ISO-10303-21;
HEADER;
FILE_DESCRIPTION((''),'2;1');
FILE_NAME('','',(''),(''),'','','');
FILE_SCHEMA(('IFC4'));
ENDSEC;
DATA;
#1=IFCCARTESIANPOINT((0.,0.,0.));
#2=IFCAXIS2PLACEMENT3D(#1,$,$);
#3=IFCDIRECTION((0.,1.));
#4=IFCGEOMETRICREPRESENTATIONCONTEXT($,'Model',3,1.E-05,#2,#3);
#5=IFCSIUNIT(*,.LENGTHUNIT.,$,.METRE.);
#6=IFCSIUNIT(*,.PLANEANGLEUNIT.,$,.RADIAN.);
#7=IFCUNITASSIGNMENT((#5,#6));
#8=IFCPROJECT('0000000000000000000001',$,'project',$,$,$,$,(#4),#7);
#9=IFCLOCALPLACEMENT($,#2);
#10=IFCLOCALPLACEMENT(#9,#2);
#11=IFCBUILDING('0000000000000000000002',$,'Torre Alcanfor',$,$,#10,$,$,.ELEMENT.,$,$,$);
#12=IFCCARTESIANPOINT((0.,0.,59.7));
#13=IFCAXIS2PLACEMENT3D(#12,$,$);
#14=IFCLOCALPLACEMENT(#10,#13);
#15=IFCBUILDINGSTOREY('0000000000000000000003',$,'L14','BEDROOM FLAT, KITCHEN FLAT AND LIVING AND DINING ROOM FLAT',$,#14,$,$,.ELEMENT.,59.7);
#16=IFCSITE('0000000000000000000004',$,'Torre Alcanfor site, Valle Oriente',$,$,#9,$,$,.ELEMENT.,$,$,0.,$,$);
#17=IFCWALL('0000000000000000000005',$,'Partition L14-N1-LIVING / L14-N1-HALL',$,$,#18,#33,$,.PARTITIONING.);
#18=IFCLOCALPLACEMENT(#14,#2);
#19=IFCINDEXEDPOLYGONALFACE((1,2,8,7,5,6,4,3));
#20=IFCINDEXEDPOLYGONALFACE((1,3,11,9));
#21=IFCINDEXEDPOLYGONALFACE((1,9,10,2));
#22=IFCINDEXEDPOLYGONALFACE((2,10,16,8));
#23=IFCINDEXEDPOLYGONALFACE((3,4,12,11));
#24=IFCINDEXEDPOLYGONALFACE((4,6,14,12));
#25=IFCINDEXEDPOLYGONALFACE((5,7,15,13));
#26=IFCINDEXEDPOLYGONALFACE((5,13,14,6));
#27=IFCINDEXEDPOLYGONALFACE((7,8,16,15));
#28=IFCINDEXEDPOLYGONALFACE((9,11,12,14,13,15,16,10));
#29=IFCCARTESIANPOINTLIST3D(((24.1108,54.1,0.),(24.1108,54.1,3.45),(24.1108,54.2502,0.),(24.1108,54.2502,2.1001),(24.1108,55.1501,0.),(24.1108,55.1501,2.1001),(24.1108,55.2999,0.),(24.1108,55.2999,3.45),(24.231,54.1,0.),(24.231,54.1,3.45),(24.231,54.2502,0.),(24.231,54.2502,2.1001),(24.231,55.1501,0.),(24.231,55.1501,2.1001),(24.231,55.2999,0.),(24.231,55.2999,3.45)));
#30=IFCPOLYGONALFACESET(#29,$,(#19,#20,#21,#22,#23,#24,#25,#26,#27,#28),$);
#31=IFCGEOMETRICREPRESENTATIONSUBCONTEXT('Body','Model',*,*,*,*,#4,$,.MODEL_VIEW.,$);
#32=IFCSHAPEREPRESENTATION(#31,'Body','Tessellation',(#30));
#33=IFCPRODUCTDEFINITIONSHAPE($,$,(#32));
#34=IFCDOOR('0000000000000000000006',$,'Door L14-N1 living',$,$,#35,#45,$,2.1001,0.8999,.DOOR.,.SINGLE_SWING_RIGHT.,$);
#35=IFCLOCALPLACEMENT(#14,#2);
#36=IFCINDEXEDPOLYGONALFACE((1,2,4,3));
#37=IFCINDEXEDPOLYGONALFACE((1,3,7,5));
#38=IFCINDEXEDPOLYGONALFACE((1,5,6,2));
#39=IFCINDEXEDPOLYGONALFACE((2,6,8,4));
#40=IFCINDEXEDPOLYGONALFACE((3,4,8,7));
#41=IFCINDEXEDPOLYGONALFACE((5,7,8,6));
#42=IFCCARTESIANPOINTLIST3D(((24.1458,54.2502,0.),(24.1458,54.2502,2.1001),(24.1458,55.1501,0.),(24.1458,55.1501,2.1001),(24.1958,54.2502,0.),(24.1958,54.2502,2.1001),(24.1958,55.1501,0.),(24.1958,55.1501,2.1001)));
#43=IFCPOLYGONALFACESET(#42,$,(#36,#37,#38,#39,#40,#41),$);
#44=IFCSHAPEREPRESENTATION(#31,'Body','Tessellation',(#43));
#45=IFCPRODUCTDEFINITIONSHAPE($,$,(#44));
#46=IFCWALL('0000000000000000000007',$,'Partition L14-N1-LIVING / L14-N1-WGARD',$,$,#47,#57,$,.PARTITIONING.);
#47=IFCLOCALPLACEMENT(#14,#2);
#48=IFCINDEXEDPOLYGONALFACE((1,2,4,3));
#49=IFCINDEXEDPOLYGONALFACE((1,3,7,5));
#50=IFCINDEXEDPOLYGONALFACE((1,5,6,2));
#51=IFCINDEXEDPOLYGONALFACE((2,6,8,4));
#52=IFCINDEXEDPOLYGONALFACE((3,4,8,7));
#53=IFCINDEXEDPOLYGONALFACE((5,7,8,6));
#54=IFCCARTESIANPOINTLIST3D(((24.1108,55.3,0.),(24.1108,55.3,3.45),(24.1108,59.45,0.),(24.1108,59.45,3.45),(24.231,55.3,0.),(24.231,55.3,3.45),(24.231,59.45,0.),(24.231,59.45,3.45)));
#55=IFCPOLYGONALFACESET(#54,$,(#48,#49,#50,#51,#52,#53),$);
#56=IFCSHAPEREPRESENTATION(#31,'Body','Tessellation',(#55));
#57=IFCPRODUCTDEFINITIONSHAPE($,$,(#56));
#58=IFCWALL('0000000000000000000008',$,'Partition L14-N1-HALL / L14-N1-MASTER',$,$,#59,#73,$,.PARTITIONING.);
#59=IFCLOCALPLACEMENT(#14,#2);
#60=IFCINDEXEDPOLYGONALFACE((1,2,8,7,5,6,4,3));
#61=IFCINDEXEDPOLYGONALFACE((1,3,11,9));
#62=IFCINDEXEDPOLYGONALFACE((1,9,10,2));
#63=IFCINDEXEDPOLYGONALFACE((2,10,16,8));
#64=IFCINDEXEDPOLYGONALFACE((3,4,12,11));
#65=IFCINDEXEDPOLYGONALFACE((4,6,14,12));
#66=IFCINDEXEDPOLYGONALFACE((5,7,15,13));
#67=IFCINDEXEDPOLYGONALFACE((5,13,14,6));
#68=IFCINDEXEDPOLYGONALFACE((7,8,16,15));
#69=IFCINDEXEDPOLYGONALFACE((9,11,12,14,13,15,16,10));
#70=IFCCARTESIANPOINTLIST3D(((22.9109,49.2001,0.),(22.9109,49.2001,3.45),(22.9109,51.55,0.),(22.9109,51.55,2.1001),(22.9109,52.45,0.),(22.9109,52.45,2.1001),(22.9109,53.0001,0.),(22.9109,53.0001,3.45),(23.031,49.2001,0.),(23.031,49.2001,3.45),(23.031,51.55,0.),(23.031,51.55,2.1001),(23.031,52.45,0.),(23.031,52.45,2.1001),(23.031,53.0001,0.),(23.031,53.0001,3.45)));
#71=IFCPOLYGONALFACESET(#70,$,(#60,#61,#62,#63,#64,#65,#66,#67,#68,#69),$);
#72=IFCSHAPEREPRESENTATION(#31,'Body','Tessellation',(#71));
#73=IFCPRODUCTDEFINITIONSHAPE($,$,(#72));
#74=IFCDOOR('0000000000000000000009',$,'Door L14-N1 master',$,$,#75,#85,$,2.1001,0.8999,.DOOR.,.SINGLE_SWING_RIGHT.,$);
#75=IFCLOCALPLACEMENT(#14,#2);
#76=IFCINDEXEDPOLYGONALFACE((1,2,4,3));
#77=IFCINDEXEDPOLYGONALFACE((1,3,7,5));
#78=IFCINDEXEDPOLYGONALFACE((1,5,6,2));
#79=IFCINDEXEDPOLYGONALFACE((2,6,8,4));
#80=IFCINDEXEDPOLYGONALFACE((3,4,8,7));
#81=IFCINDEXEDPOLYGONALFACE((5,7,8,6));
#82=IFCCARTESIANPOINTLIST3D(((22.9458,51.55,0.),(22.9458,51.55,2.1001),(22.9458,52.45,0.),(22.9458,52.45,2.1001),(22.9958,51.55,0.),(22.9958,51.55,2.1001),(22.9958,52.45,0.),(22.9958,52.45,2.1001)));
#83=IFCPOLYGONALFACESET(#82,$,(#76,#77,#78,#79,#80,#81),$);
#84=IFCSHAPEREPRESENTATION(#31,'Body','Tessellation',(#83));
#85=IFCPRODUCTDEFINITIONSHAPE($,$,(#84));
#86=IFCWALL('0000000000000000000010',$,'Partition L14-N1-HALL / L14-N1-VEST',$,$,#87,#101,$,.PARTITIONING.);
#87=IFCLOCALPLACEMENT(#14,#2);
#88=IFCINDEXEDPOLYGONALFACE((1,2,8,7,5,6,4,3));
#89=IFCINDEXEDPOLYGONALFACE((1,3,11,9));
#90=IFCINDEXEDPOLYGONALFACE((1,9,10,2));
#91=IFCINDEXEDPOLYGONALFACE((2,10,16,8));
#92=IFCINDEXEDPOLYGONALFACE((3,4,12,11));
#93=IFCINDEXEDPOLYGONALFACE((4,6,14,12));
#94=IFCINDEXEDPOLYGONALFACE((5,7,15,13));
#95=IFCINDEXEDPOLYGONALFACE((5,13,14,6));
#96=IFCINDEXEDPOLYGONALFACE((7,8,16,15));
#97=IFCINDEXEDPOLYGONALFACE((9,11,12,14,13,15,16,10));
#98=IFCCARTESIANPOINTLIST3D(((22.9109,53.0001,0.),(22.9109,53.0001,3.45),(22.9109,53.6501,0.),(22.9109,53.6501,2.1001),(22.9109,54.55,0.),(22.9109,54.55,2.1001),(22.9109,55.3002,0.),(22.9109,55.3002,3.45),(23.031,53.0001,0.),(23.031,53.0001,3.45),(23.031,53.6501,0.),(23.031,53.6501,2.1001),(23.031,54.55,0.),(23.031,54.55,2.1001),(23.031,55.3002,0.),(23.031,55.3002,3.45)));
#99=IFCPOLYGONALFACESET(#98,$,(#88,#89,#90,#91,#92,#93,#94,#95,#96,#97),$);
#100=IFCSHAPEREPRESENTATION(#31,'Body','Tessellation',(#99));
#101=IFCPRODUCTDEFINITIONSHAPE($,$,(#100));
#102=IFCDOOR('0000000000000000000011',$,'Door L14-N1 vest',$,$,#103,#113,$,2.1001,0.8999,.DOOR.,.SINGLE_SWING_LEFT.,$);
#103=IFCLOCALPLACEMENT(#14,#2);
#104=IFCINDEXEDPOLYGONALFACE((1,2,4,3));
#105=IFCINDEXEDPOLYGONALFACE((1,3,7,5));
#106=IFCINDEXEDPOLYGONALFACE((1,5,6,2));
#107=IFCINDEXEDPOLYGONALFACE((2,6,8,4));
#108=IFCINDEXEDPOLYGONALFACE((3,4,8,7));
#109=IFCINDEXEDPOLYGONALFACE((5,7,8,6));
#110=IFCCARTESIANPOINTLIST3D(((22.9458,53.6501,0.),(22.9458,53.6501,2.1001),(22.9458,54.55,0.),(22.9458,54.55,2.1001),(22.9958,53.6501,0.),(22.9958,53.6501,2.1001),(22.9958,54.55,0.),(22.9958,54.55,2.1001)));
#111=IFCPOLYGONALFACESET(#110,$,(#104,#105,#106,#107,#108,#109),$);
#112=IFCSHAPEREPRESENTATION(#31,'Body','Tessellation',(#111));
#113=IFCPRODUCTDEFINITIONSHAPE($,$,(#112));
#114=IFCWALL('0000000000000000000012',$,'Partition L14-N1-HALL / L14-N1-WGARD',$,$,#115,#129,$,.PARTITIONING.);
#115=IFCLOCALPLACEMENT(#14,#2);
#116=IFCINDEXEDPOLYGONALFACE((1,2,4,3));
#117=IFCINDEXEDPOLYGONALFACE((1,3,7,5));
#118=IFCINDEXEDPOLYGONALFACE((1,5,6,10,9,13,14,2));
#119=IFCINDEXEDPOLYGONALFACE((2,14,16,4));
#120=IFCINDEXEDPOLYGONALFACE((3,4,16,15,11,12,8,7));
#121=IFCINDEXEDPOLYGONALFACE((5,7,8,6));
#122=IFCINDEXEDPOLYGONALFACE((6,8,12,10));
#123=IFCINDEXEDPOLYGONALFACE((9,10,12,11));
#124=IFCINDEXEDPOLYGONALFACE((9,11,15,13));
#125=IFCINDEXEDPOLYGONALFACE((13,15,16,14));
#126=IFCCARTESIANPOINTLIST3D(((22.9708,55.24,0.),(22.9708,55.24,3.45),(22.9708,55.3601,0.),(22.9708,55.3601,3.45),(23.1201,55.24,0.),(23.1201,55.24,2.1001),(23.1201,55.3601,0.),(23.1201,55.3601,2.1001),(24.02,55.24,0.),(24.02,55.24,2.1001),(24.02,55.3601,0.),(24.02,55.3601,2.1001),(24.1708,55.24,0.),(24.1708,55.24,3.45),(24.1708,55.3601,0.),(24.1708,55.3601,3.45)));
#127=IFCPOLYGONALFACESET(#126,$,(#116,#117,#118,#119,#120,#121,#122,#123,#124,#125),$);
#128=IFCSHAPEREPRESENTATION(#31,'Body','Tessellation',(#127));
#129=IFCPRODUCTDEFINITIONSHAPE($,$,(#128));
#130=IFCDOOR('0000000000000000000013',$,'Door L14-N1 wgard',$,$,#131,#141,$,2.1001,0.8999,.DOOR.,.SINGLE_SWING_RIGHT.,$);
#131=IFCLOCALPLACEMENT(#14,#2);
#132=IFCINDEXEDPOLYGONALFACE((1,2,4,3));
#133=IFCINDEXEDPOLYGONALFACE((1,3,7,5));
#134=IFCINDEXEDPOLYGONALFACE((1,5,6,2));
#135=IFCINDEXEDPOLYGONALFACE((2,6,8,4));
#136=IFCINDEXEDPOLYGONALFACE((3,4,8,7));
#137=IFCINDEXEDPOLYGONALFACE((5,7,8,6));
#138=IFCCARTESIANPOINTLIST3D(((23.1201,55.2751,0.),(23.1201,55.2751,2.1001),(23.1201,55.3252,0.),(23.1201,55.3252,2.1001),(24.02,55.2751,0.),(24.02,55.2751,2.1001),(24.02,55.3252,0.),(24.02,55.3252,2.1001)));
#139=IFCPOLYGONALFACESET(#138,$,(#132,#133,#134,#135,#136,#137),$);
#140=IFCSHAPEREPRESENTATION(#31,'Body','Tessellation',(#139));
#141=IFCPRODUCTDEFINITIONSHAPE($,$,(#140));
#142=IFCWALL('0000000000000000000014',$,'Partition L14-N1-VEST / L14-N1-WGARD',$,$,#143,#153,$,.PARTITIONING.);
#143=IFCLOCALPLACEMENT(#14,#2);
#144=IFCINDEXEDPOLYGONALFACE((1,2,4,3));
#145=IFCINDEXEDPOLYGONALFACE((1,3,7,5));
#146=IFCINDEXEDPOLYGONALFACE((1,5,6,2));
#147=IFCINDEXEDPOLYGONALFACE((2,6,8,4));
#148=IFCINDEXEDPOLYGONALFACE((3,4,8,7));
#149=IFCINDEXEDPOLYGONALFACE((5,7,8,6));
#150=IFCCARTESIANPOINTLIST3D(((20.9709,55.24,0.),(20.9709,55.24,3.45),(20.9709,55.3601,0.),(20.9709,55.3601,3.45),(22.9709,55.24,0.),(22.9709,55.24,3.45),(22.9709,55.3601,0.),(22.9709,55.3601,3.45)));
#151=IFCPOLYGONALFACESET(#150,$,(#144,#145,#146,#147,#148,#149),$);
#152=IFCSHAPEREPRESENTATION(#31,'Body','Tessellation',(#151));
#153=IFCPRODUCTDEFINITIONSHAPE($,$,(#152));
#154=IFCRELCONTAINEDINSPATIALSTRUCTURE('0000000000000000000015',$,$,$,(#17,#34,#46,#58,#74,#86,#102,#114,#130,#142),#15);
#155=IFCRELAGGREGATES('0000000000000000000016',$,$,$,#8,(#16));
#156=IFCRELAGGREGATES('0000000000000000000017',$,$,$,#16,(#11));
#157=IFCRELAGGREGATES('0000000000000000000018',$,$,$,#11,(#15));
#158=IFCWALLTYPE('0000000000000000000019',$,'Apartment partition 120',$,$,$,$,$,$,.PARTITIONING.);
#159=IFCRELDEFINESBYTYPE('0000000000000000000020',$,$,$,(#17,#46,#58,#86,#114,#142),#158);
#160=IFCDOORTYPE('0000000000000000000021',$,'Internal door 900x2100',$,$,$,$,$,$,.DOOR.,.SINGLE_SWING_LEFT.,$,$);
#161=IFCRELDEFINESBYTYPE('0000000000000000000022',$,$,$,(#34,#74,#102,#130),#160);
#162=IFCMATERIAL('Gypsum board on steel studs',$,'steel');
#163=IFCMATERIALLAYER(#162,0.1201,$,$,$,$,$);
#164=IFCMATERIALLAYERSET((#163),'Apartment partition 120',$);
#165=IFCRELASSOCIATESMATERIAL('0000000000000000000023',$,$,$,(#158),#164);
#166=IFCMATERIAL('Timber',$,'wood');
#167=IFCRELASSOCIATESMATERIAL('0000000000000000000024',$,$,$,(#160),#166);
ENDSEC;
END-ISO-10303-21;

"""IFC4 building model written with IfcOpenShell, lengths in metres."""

from ifc_helpers import new_model, si_unit, direction, frame, frame_2d, origin, place, context, subcontext, project, spatial, rectangle, extrude, material, layer, layer_set, type_object, element, fill, save


model = new_model("IFC4")

# Units and contexts
model_context = context("Model", 3, precision=1e-05, world=origin(), true_north=direction((0.0, 1.0)))
body_context = subcontext(model_context, "Body", "Model", "MODEL_VIEW")
ifc_project = project(units=[si_unit("LENGTHUNIT", "METRE"), si_unit("PLANEANGLEUNIT", "RADIAN")], contexts=[model_context])

# Site, building, storey
site_placement = place(None, origin())
site = spatial("IfcSite", under=ifc_project, at=site_placement, Name="Torre Alcanfor site, Valle Oriente", CompositionType="ELEMENT", RefElevation=0.0)
building_placement = place(site_placement, origin())
building = spatial("IfcBuilding", under=site, at=building_placement, Name="Torre Alcanfor", CompositionType="ELEMENT")
storey_placement = place(building_placement, frame((0.0, 0.0, 59.7)))
storey = spatial("IfcBuildingStorey", under=building, at=storey_placement, Name="L14", Description="BEDROOM FLAT, KITCHEN FLAT AND LIVING AND DINING ROOM FLAT", CompositionType="ELEMENT", Elevation=59.7)

# Shared definitions
ifc_material_1 = material(Name="Gypsum board on steel studs", Category="steel")
ifc_layer_1 = layer(ifc_material_1, 0.1201)
ifc_layer_set_1 = layer_set([ifc_layer_1], Name="Apartment partition 120")
wall_type = type_object("IfcWallType", Name="Apartment partition 120", PredefinedType="PARTITIONING", material=ifc_layer_set_1)
ifc_material_2 = material(Name="Timber", Category="wood")
door_type = type_object("IfcDoorType", Name="Internal door 900x2100", OperationType="SINGLE_SWING_LEFT", PredefinedType="DOOR", material=ifc_material_2)

# Wall, opening, door
wall_1_placement = place(storey_placement, frame((24.1709, 55.3, 0.0), z_axis=(0.0, 0.0, 1.0), x_axis=(0.0, -1.0, 0.0)))
wall_1 = element("IfcWall", 1, at=wall_1_placement, inside=storey, type_object=wall_type, Name="Partition L14-N1-LIVING / L14-N1-HALL", PredefinedType="PARTITIONING", context=body_context, shape_type="SweptSolid", body=[
    extrude(rectangle(XDim=1.2, YDim=0.1201, at=frame_2d((0.6001, 0.0))), origin(), (0.0, 0.0, 1.0), 3.45),
])
opening_1_placement = place(wall_1_placement, frame((0.1499, 0.0, 0.0)))
opening_1 = element("IfcOpeningElement", 2, at=opening_1_placement, cuts=wall_1, PredefinedType="OPENING", context=body_context, shape_type="SweptSolid", body=[
    extrude(rectangle(XDim=0.8999, YDim=2.1001, at=frame_2d((0.45, 1.05))), frame((0.0, 0.0701, 0.0), z_axis=(0.0, -1.0, 0.0), x_axis=(1.0, 0.0, 0.0)), (0.0, 0.0, 1.0), 0.1401),
])
door_1_placement = place(opening_1_placement, origin())
door_1 = element("IfcDoor", 3, at=door_1_placement, inside=storey, type_object=door_type, Name="Door L14-N1 living", OperationType="SINGLE_SWING_RIGHT", OverallHeight=2.1001, OverallWidth=0.8999, PredefinedType="DOOR", context=body_context, shape_type="SweptSolid", body=[
    extrude(rectangle(XDim=0.8999, YDim=2.1001, at=frame_2d((0.45, 1.05))), frame((0.0, 0.0249, 0.0), z_axis=(0.0, -1.0, 0.0), x_axis=(1.0, 0.0, 0.0)), (0.0, 0.0, 1.0), 0.05),
])
fill(opening_1, door_1)

# Wall
wall_2_placement = place(storey_placement, frame((24.1709, 59.45, 0.0), z_axis=(0.0, 0.0, 1.0), x_axis=(0.0, -1.0, 0.0)))
element("IfcWall", 4, at=wall_2_placement, inside=storey, type_object=wall_type, Name="Partition L14-N1-LIVING / L14-N1-WGARD", PredefinedType="PARTITIONING", context=body_context, shape_type="SweptSolid", body=[
    extrude(rectangle(XDim=4.1499, YDim=0.1201, at=frame_2d((2.075, 0.0))), origin(), (0.0, 0.0, 1.0), 3.45),
])

# Walls, openings, doors
wall_3_placement = place(storey_placement, frame((22.9709, 53.0, 0.0), z_axis=(0.0, 0.0, 1.0), x_axis=(0.0, -1.0, 0.0)))
wall_3 = element("IfcWall", 5, at=wall_3_placement, inside=storey, type_object=wall_type, Name="Partition L14-N1-HALL / L14-N1-MASTER", PredefinedType="PARTITIONING", context=body_context, shape_type="SweptSolid", body=[
    extrude(rectangle(XDim=3.8, YDim=0.1201, at=frame_2d((1.8999, 0.0))), origin(), (0.0, 0.0, 1.0), 3.45),
])
opening_2_placement = place(wall_3_placement, frame((0.55, 0.0, 0.0)))
opening_2 = element("IfcOpeningElement", 6, at=opening_2_placement, cuts=wall_3, PredefinedType="OPENING", context=body_context, shape_type="SweptSolid", body=[
    extrude(rectangle(XDim=0.8999, YDim=2.1001, at=frame_2d((0.45, 1.05))), frame((0.0, 0.0701, 0.0), z_axis=(0.0, -1.0, 0.0), x_axis=(1.0, 0.0, 0.0)), (0.0, 0.0, 1.0), 0.1401),
])
door_2_placement = place(opening_2_placement, frame((0.8999, 0.0, 0.0), z_axis=(0.0, 0.0, 1.0), x_axis=(-1.0, 0.0, 0.0)))
door_2 = element("IfcDoor", 7, at=door_2_placement, inside=storey, type_object=door_type, Name="Door L14-N1 master", OperationType="SINGLE_SWING_RIGHT", OverallHeight=2.1001, OverallWidth=0.8999, PredefinedType="DOOR", context=body_context, shape_type="SweptSolid", body=[
    extrude(rectangle(XDim=0.8999, YDim=2.1001, at=frame_2d((0.45, 1.05))), frame((0.0, 0.0251, 0.0), z_axis=(0.0, -1.0, 0.0), x_axis=(1.0, 0.0, 0.0)), (0.0, 0.0, 1.0), 0.05),
])
fill(opening_2, door_2)
wall_4_placement = place(storey_placement, frame((22.9709, 55.3, 0.0), z_axis=(0.0, 0.0, 1.0), x_axis=(0.0, -1.0, 0.0)))
wall_4 = element("IfcWall", 8, at=wall_4_placement, inside=storey, type_object=wall_type, Name="Partition L14-N1-HALL / L14-N1-VEST", PredefinedType="PARTITIONING", context=body_context, shape_type="SweptSolid", body=[
    extrude(rectangle(XDim=2.3, YDim=0.1201, at=frame_2d((1.1499, 0.0))), origin(), (0.0, 0.0, 1.0), 3.45),
])
opening_3_placement = place(wall_4_placement, frame((0.75, 0.0, 0.0)))
opening_3 = element("IfcOpeningElement", 9, at=opening_3_placement, cuts=wall_4, PredefinedType="OPENING", context=body_context, shape_type="SweptSolid", body=[
    extrude(rectangle(XDim=0.8999, YDim=2.1001, at=frame_2d((0.45, 1.05))), frame((0.0, 0.0701, 0.0), z_axis=(0.0, -1.0, 0.0), x_axis=(1.0, 0.0, 0.0)), (0.0, 0.0, 1.0), 0.1401),
])
door_3_placement = place(opening_3_placement, frame((0.8999, 0.0, 0.0), z_axis=(0.0, 0.0, 1.0), x_axis=(-1.0, 0.0, 0.0)))
door_3 = element("IfcDoor", 10, at=door_3_placement, inside=storey, type_object=door_type, Name="Door L14-N1 vest", OperationType="SINGLE_SWING_LEFT", OverallHeight=2.1001, OverallWidth=0.8999, PredefinedType="DOOR", context=body_context, shape_type="SweptSolid", body=[
    extrude(rectangle(XDim=0.8999, YDim=2.1001, at=frame_2d((0.45, 1.05))), frame((0.0, 0.0251, 0.0), z_axis=(0.0, -1.0, 0.0), x_axis=(1.0, 0.0, 0.0)), (0.0, 0.0, 1.0), 0.05),
])
fill(opening_3, door_3)
wall_5_placement = place(storey_placement, frame((24.1709, 55.3, 0.0), z_axis=(0.0, 0.0, 1.0), x_axis=(-1.0, 0.0, 0.0)))
wall_5 = element("IfcWall", 11, at=wall_5_placement, inside=storey, type_object=wall_type, Name="Partition L14-N1-HALL / L14-N1-WGARD", PredefinedType="PARTITIONING", context=body_context, shape_type="SweptSolid", body=[
    extrude(rectangle(XDim=1.2, YDim=0.1201, at=frame_2d((0.6001, 0.0))), origin(), (0.0, 0.0, 1.0), 3.45),
])
opening_4_placement = place(wall_5_placement, frame((0.1509, 0.0, 0.0)))
opening_4 = element("IfcOpeningElement", 12, at=opening_4_placement, cuts=wall_5, PredefinedType="OPENING", context=body_context, shape_type="SweptSolid", body=[
    extrude(rectangle(XDim=0.8999, YDim=2.1001, at=frame_2d((0.45, 1.05))), frame((0.0, 0.0701, 0.0), z_axis=(0.0, -1.0, 0.0), x_axis=(1.0, 0.0, 0.0)), (0.0, 0.0, 1.0), 0.1401),
])
door_4_placement = place(opening_4_placement, frame((0.8999, 0.0, 0.0), z_axis=(0.0, 0.0, 1.0), x_axis=(-1.0, 0.0, 0.0)))
door_4 = element("IfcDoor", 13, at=door_4_placement, inside=storey, type_object=door_type, Name="Door L14-N1 wgard", OperationType="SINGLE_SWING_RIGHT", OverallHeight=2.1001, OverallWidth=0.8999, PredefinedType="DOOR", context=body_context, shape_type="SweptSolid", body=[
    extrude(rectangle(XDim=0.8999, YDim=2.1001, at=frame_2d((0.45, 1.05))), frame((0.0, 0.0251, 0.0), z_axis=(0.0, -1.0, 0.0), x_axis=(1.0, 0.0, 0.0)), (0.0, 0.0, 1.0), 0.05),
])
fill(opening_4, door_4)

# Wall
wall_6_placement = place(storey_placement, frame((22.9709, 55.3, 0.0), z_axis=(0.0, 0.0, 1.0), x_axis=(-1.0, 0.0, 0.0)))
element("IfcWall", 14, at=wall_6_placement, inside=storey, type_object=wall_type, Name="Partition L14-N1-VEST / L14-N1-WGARD", PredefinedType="PARTITIONING", context=body_context, shape_type="SweptSolid", body=[
    extrude(rectangle(XDim=2.0, YDim=0.1201, at=frame_2d((1.0, 0.0))), origin(), (0.0, 0.0, 1.0), 3.45),
])

save(model, "model.ifc")
